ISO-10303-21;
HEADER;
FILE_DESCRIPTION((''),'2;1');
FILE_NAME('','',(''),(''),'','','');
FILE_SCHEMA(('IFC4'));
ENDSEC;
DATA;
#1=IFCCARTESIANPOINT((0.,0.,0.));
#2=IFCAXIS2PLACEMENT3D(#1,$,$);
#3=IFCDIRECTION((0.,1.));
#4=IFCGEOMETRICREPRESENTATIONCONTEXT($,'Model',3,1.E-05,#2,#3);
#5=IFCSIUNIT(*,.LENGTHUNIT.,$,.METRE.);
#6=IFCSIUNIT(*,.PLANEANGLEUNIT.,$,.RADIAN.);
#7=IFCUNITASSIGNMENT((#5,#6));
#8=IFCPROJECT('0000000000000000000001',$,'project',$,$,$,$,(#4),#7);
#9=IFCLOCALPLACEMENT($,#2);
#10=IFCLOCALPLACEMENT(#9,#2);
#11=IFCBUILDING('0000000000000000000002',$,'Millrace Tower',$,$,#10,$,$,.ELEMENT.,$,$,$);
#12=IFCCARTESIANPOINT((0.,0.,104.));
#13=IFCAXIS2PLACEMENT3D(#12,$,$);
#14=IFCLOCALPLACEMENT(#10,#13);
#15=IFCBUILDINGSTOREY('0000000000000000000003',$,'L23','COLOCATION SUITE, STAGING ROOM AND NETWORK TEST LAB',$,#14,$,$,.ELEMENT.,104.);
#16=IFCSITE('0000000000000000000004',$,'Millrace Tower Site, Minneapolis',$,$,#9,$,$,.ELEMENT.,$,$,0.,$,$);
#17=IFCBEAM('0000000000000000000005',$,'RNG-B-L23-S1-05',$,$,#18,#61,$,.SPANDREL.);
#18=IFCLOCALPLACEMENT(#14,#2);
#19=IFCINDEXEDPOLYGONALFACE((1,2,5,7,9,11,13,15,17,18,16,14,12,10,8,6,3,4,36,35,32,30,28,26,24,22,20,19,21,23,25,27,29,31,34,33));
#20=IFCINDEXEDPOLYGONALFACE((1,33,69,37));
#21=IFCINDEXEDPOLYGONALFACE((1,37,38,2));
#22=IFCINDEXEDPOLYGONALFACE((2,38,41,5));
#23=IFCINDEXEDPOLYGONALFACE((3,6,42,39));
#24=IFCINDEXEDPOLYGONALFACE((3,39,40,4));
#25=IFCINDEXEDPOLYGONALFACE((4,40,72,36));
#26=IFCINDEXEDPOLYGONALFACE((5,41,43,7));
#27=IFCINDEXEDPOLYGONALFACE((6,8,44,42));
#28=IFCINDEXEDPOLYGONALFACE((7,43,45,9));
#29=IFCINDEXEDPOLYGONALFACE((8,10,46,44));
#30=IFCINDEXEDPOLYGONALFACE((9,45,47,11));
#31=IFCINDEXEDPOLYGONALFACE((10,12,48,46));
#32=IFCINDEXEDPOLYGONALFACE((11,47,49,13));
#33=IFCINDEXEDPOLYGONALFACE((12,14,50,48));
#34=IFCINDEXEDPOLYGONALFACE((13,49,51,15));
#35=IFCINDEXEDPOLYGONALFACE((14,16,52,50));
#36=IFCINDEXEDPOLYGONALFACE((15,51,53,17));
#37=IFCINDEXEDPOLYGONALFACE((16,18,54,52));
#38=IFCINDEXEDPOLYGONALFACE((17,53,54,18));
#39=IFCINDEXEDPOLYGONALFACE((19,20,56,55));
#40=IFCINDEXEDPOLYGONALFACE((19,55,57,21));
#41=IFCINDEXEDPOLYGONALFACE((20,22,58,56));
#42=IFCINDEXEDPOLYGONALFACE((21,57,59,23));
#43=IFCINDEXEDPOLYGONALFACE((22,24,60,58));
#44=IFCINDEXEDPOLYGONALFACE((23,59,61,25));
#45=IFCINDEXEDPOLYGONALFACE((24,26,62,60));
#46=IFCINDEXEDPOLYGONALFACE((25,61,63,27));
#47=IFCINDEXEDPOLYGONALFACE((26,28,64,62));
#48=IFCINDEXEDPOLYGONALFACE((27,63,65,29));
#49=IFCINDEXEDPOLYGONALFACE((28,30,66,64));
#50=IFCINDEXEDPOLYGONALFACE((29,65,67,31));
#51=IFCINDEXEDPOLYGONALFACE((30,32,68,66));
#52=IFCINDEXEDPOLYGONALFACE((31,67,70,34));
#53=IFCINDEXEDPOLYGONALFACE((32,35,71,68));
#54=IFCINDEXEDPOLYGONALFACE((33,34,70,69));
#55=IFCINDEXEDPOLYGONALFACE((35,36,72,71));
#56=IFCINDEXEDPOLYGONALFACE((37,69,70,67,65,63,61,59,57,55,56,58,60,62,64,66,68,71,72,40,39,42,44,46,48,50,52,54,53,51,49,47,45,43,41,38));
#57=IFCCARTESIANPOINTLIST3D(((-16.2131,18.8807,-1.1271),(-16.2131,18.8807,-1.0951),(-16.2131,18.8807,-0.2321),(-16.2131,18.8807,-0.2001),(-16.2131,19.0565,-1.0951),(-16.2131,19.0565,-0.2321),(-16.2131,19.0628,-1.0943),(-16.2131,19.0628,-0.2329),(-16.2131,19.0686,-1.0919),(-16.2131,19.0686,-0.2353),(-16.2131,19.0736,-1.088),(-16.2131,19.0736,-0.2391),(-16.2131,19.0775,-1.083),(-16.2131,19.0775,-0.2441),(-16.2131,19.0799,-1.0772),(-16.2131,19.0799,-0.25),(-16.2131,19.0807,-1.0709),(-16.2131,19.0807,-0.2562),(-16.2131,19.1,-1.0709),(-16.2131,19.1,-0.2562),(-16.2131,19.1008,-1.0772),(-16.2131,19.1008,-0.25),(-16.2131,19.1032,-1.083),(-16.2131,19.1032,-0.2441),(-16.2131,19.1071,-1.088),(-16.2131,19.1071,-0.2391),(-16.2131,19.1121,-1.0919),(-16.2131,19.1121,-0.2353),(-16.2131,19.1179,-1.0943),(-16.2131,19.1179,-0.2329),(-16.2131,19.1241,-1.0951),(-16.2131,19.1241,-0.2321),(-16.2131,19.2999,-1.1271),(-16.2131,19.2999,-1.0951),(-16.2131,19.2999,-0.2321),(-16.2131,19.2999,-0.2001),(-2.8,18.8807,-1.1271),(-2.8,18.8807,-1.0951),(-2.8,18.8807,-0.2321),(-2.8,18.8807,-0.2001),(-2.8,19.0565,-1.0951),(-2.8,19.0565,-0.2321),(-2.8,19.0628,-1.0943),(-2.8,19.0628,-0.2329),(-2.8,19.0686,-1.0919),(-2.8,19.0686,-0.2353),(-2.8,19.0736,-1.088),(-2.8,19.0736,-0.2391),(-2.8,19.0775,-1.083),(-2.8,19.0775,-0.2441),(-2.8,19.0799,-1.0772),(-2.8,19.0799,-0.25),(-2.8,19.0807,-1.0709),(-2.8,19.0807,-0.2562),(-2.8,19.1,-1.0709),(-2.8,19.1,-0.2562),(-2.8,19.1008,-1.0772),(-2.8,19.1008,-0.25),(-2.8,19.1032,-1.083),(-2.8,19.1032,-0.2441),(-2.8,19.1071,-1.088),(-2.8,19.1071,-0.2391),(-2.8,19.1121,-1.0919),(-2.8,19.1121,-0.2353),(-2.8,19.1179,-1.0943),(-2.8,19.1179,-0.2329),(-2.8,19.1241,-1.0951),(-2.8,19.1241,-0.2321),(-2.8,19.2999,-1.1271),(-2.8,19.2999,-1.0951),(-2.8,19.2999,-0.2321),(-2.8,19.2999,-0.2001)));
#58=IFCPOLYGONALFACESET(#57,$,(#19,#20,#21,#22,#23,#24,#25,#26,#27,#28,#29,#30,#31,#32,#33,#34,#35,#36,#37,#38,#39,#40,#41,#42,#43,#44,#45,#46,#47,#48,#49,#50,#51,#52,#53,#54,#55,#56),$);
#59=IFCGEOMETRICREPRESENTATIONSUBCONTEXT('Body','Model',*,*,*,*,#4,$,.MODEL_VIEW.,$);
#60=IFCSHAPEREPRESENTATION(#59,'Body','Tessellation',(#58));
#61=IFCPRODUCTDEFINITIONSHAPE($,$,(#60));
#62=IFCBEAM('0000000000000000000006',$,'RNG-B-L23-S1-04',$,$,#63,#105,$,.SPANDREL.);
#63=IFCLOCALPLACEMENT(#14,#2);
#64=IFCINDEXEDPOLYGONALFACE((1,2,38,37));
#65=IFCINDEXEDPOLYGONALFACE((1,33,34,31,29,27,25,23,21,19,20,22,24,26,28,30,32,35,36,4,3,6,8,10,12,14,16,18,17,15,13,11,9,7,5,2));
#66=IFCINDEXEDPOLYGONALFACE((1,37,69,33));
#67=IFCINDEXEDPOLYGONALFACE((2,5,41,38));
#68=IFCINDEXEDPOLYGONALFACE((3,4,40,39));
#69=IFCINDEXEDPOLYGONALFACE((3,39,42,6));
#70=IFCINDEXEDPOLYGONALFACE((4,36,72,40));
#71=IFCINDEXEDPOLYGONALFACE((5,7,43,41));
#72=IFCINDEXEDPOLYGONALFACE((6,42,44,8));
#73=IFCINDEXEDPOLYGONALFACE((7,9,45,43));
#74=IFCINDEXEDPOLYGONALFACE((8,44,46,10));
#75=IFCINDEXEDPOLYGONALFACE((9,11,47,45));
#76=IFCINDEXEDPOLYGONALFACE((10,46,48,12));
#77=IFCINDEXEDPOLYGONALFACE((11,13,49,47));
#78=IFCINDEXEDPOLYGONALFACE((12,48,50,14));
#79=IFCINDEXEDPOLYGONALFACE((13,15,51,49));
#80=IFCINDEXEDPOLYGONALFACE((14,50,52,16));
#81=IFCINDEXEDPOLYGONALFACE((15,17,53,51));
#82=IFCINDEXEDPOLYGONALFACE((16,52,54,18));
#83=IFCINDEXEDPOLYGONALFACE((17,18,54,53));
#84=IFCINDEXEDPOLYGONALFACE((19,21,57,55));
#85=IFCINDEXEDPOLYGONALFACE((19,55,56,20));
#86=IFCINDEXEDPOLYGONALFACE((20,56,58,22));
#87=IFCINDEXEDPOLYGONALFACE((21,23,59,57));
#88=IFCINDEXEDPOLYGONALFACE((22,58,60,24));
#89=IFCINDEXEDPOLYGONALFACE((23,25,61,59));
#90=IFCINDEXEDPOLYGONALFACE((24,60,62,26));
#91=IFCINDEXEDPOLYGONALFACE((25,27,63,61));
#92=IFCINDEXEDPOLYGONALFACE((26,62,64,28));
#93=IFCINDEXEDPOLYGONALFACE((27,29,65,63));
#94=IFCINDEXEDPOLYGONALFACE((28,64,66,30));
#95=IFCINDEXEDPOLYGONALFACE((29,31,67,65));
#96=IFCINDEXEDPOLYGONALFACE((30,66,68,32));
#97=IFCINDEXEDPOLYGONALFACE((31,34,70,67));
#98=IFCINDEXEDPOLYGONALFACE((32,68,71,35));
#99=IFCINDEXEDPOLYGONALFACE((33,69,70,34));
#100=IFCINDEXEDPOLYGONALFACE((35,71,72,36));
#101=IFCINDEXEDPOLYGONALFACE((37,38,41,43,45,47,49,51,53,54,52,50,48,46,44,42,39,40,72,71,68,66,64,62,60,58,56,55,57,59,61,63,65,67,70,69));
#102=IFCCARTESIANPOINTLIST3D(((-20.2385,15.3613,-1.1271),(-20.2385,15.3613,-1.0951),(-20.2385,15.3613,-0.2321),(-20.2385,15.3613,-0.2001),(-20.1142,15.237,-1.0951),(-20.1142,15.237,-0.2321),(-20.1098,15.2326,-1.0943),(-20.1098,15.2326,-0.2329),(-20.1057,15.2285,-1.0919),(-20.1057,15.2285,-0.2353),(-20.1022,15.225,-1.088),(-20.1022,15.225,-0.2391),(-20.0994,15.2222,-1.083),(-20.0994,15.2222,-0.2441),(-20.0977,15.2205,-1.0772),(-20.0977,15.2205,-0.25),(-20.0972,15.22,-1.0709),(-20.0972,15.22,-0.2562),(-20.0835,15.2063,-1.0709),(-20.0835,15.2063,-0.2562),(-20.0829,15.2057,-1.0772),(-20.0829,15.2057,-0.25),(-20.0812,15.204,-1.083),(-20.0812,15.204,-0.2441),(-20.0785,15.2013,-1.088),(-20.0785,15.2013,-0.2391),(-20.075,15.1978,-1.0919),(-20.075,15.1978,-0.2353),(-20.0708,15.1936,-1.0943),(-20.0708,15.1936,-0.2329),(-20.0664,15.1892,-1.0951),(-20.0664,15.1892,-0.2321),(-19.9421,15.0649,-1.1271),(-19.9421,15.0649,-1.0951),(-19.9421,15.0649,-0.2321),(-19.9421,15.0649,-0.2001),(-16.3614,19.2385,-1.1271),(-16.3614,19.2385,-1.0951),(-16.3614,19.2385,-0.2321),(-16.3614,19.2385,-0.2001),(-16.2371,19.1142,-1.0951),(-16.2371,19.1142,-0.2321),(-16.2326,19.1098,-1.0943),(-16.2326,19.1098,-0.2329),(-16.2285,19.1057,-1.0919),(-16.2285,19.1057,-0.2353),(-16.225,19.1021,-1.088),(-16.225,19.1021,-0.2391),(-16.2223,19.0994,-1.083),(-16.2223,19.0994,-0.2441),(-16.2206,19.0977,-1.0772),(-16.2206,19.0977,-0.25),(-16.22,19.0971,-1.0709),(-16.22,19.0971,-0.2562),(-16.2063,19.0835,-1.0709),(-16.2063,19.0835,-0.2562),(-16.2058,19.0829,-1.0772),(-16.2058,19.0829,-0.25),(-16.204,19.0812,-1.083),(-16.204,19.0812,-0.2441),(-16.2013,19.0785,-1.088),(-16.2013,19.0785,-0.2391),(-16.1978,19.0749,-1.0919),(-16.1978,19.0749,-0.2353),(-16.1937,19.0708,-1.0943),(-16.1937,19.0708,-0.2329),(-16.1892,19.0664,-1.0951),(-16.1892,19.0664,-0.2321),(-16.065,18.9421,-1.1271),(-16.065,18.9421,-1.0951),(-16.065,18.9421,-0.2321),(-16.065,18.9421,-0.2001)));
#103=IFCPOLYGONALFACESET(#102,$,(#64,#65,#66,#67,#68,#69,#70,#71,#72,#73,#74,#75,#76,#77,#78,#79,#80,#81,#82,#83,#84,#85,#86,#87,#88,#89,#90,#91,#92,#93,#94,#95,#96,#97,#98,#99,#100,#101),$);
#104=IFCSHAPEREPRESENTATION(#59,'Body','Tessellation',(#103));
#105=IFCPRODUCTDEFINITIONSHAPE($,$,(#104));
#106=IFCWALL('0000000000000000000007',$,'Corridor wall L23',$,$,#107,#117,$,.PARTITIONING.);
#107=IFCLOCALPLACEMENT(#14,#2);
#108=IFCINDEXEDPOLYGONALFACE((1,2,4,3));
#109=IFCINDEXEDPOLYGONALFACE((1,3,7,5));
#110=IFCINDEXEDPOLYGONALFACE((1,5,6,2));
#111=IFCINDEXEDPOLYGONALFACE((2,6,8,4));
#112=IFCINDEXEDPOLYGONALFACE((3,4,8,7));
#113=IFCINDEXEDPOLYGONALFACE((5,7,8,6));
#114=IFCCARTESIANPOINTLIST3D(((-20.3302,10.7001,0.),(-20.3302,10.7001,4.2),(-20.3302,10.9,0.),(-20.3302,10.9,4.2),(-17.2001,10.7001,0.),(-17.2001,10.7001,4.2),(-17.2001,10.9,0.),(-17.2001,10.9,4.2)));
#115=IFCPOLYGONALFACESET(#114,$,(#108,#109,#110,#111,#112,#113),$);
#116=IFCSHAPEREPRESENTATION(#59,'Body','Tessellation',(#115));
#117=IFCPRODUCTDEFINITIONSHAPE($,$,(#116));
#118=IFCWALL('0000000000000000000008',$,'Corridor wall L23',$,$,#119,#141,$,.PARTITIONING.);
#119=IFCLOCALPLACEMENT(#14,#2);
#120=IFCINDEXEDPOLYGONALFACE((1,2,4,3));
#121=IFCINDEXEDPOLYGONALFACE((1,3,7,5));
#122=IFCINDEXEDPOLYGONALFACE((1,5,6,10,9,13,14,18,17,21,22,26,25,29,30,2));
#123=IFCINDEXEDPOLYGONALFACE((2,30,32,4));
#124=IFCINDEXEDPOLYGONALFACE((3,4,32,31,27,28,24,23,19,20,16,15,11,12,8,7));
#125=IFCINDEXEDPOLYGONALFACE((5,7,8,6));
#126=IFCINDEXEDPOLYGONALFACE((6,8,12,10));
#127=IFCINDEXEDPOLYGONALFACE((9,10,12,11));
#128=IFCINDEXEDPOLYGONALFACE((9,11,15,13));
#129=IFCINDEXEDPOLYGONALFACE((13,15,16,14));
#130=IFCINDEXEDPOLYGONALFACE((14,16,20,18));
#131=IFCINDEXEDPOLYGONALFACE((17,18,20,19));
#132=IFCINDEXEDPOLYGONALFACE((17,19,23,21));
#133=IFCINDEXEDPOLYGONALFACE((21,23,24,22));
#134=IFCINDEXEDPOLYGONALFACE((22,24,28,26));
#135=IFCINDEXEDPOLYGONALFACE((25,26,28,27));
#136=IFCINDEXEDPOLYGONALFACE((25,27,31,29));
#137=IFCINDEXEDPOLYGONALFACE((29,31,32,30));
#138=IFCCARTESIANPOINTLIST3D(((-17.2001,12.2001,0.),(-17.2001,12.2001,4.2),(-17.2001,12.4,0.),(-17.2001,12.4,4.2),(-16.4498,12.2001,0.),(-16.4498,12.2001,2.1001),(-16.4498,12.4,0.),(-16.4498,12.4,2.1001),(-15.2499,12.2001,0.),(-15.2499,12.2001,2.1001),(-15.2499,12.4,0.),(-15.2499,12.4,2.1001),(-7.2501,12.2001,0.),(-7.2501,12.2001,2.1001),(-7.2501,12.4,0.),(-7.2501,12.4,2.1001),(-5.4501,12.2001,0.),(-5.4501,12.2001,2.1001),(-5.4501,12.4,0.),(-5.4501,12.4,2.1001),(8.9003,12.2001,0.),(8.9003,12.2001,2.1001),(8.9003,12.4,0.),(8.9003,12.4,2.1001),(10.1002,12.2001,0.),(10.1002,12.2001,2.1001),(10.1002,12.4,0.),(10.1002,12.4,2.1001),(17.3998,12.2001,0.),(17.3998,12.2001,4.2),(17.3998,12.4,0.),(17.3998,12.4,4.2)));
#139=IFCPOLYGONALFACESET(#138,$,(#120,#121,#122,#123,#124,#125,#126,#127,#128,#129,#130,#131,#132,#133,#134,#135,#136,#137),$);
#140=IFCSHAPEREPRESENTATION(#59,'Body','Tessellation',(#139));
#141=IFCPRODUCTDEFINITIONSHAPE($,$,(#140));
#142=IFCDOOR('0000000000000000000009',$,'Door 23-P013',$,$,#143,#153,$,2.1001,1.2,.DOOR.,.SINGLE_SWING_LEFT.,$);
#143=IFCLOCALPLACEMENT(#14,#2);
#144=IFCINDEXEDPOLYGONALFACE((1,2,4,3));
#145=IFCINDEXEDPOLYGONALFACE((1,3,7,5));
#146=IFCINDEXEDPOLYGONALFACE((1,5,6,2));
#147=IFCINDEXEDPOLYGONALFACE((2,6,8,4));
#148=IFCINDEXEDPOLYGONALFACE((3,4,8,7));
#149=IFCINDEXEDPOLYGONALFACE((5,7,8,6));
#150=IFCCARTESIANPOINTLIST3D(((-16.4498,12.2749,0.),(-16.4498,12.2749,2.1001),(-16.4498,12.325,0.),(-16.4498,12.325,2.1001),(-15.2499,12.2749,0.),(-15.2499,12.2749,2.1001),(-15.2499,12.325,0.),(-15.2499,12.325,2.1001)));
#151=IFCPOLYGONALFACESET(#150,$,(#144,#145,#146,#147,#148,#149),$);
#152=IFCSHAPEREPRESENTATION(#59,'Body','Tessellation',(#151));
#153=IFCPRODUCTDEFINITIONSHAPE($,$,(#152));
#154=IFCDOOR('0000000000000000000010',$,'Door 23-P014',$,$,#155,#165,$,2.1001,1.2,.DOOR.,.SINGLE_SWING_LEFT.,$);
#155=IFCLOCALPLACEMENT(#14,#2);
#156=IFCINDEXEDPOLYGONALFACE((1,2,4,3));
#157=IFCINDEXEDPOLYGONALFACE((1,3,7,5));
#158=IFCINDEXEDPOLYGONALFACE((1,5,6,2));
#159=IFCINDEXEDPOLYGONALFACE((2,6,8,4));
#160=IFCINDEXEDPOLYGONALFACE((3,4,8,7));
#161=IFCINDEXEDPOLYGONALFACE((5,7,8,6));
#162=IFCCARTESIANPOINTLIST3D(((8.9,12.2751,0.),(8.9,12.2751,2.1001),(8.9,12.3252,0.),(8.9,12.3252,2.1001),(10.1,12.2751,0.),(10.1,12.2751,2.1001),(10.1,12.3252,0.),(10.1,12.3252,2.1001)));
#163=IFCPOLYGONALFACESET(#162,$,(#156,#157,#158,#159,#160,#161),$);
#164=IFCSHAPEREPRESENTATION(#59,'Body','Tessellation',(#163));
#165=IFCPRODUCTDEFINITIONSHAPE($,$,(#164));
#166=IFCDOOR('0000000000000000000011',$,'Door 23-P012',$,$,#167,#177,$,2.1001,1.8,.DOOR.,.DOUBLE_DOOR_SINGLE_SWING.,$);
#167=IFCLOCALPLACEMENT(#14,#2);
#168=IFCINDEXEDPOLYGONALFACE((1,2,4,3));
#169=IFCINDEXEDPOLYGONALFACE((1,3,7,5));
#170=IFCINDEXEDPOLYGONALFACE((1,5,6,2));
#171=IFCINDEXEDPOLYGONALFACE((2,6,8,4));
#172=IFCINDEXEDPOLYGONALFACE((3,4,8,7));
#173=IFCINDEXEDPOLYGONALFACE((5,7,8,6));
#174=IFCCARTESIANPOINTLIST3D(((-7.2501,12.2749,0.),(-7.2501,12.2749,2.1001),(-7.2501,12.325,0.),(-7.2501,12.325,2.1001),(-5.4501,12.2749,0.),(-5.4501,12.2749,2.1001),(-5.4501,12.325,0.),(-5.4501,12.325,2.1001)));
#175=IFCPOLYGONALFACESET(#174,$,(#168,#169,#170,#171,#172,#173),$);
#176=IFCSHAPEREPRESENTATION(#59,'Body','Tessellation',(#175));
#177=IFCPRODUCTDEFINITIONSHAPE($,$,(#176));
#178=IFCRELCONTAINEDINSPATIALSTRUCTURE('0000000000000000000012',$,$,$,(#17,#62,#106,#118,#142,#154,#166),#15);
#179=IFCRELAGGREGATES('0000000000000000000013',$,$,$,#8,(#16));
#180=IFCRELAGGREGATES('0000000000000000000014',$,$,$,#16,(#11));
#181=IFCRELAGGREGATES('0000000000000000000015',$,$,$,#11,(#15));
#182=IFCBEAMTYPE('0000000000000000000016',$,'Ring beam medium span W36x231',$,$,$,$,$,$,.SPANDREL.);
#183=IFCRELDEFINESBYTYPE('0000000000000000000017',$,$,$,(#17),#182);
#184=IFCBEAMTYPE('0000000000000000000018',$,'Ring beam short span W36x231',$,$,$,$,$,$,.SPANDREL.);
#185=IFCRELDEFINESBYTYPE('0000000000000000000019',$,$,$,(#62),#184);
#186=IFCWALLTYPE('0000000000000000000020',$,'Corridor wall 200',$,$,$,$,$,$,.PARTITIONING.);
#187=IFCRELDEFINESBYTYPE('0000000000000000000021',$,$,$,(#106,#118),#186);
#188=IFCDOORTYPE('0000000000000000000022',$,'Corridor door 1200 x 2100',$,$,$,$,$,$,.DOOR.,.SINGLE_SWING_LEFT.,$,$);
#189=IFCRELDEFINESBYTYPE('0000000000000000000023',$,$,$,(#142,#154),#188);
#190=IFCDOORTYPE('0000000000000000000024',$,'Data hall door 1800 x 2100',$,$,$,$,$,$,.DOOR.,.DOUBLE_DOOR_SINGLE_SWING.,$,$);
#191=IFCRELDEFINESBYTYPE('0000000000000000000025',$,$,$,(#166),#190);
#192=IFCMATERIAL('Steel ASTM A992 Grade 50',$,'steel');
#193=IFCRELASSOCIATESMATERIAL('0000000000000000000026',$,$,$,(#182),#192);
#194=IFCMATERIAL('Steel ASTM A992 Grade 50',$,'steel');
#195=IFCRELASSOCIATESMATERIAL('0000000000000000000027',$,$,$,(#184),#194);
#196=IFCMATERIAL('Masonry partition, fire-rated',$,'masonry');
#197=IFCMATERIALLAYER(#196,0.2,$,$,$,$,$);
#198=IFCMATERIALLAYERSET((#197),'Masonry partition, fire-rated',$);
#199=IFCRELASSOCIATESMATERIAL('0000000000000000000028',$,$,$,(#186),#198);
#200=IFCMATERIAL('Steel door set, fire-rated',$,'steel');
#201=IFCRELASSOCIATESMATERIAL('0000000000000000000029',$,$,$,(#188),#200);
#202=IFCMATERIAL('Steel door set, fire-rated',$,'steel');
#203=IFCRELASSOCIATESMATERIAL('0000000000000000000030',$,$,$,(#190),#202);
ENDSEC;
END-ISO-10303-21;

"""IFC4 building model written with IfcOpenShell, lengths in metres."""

from ifc_helpers import new_model, si_unit, direction, frame, frame_2d, origin, origin_2d, place, context, subcontext, project, spatial, rectangle, i_section, extrude, material, layer, layer_set, material_profile, profile_set, type_object, element, fill, save


model = new_model("IFC4")

# Units and contexts
model_context = context("Model", 3, precision=1e-05, world=origin(), true_north=direction((0.0, 1.0)))
body_context = subcontext(model_context, "Body", "Model", "MODEL_VIEW")
ifc_project = project(units=[si_unit("LENGTHUNIT", "METRE"), si_unit("PLANEANGLEUNIT", "RADIAN")], contexts=[model_context])

# Site, building, storey
site_placement = place(None, origin())
site = spatial("IfcSite", under=ifc_project, at=site_placement, Name="Millrace Tower Site, Minneapolis", CompositionType="ELEMENT", RefElevation=0.0)
building_placement = place(site_placement, origin())
building = spatial("IfcBuilding", under=site, at=building_placement, Name="Millrace Tower", CompositionType="ELEMENT")
storey_placement = place(building_placement, frame((0.0, 0.0, 104.0)))
storey = spatial("IfcBuildingStorey", under=building, at=storey_placement, Name="L23", Description="COLOCATION SUITE, STAGING ROOM AND NETWORK TEST LAB", CompositionType="ELEMENT", Elevation=104.0)

# Beams
ifc_material_1 = material(Name="Steel ASTM A992 Grade 50", Category="steel")
ifc_material_profile_1 = material_profile(ifc_material_1, i_section(OverallWidth=0.4192, OverallDepth=0.927, WebThickness=0.0193, FlangeThickness=0.032, FilletRadius=0.0242, at=origin_2d()))
ifc_profile_set_1 = profile_set([ifc_material_profile_1], Name="Steel ASTM A992 Grade 50")
beam_type_1 = type_object("IfcBeamType", Name="Ring beam medium span W36x231", PredefinedType="SPANDREL", material=ifc_profile_set_1)
beam_1_placement = place(storey_placement, frame((-16.2131, 19.0903, -0.6636), z_axis=(1.0, 0.0, 0.0), x_axis=(0.0, 1.0, 0.0)))
element("IfcBeam", 1, at=beam_1_placement, inside=storey, type_object=beam_type_1, Name="RNG-B-L23-S1-05", PredefinedType="SPANDREL", context=body_context, shape_type="SweptSolid", body=[
    extrude(i_section(OverallWidth=0.4192, OverallDepth=0.927, WebThickness=0.0193, FlangeThickness=0.032, FilletRadius=0.0242, at=origin_2d()), origin(), (0.0, 0.0, 1.0), 13.4131),
])
ifc_material_2 = material(Name="Steel ASTM A992 Grade 50", Category="steel")
ifc_material_profile_2 = material_profile(ifc_material_2, i_section(OverallWidth=0.4192, OverallDepth=0.927, WebThickness=0.0193, FlangeThickness=0.032, FilletRadius=0.0242, at=origin_2d()))
ifc_profile_set_2 = profile_set([ifc_material_profile_2], Name="Steel ASTM A992 Grade 50")
beam_type_2 = type_object("IfcBeamType", Name="Ring beam short span W36x231", PredefinedType="SPANDREL", material=ifc_profile_set_2)
beam_2_placement = place(storey_placement, frame((-20.0903, 15.2131, -0.6636), z_axis=(0.707107, 0.707107, 0.0), x_axis=(-0.707107, 0.707107, 0.0)))
element("IfcBeam", 2, at=beam_2_placement, inside=storey, type_object=beam_type_2, Name="RNG-B-L23-S1-04", PredefinedType="SPANDREL", context=body_context, shape_type="SweptSolid", body=[
    extrude(i_section(OverallWidth=0.4192, OverallDepth=0.927, WebThickness=0.0193, FlangeThickness=0.032, FilletRadius=0.0242, at=origin_2d()), origin(), (0.0, 0.0, 1.0), 5.4832),
])

# Wall
ifc_material_3 = material(Name="Masonry partition, fire-rated", Category="masonry")
ifc_layer_1 = layer(ifc_material_3, 0.2)
ifc_layer_set_1 = layer_set([ifc_layer_1], Name="Masonry partition, fire-rated")
wall_type = type_object("IfcWallType", Name="Corridor wall 200", PredefinedType="PARTITIONING", material=ifc_layer_set_1)
wall_1_placement = place(storey_placement, frame((-20.3301, 10.8, 0.0), z_axis=(0.0, 0.0, 1.0), x_axis=(1.0, 0.0, 0.0)))
element("IfcWall", 3, at=wall_1_placement, inside=storey, type_object=wall_type, Name="Corridor wall L23", PredefinedType="PARTITIONING", context=body_context, shape_type="SweptSolid", body=[
    extrude(rectangle(XDim=3.1301, YDim=0.2, at=frame_2d((1.5649, 0.0))), origin(), (0.0, 0.0, 1.0), 4.2),
])

# Wall, openings, doors
wall_2_placement = place(storey_placement, frame((-17.2, 12.3, 0.0), z_axis=(0.0, 0.0, 1.0), x_axis=(1.0, 0.0, 0.0)))
wall_2 = element("IfcWall", 4, at=wall_2_placement, inside=storey, type_object=wall_type, Name="Corridor wall L23", PredefinedType="PARTITIONING", context=body_context, shape_type="SweptSolid", body=[
    extrude(rectangle(XDim=34.5999, YDim=0.2, at=frame_2d((17.2998, 0.0))), origin(), (0.0, 0.0, 1.0), 4.2),
])
opening_1_placement = place(wall_2_placement, frame((9.95, 0.0, 0.0)))
opening_1 = element("IfcOpeningElement", 5, at=opening_1_placement, cuts=wall_2, PredefinedType="OPENING", context=body_context, shape_type="SweptSolid", body=[
    extrude(rectangle(XDim=1.8, YDim=2.1001, at=frame_2d((0.8999, 1.05))), frame((0.0, 0.1099, 0.0), z_axis=(0.0, -1.0, 0.0), x_axis=(1.0, 0.0, 0.0)), (0.0, 0.0, 1.0), 0.22),
])
opening_2_placement = place(wall_2_placement, frame((0.75, 0.0, 0.0)))
opening_2 = element("IfcOpeningElement", 6, at=opening_2_placement, cuts=wall_2, PredefinedType="OPENING", context=body_context, shape_type="SweptSolid", body=[
    extrude(rectangle(XDim=1.2, YDim=2.1001, at=frame_2d((0.6001, 1.05))), frame((0.0, 0.1099, 0.0), z_axis=(0.0, -1.0, 0.0), x_axis=(1.0, 0.0, 0.0)), (0.0, 0.0, 1.0), 0.22),
])
opening_3_placement = place(wall_2_placement, frame((26.1001, 0.0, 0.0)))
opening_3 = element("IfcOpeningElement", 7, at=opening_3_placement, cuts=wall_2, PredefinedType="OPENING", context=body_context, shape_type="SweptSolid", body=[
    extrude(rectangle(XDim=1.2, YDim=2.1001, at=frame_2d((0.6001, 1.05))), frame((0.0, 0.1099, 0.0), z_axis=(0.0, -1.0, 0.0), x_axis=(1.0, 0.0, 0.0)), (0.0, 0.0, 1.0), 0.22),
])
ifc_material_4 = material(Name="Steel door set, fire-rated", Category="steel")
door_type_1 = type_object("IfcDoorType", Name="Corridor door 1200 x 2100", OperationType="SINGLE_SWING_LEFT", PredefinedType="DOOR", material=ifc_material_4)
door_1_placement = place(opening_2_placement, origin())
door_1 = element("IfcDoor", 8, at=door_1_placement, inside=storey, type_object=door_type_1, Name="Door 23-P013", OperationType="SINGLE_SWING_LEFT", OverallHeight=2.1001, OverallWidth=1.2, PredefinedType="DOOR", context=body_context, shape_type="SweptSolid", body=[
    extrude(rectangle(XDim=1.2, YDim=2.1001, at=frame_2d((0.6001, 1.05))), frame((0.0, 0.0249, 0.0), z_axis=(0.0, -1.0, 0.0), x_axis=(1.0, 0.0, 0.0)), (0.0, 0.0, 1.0), 0.05),
])
fill(opening_2, door_1)
door_2_placement = place(opening_3_placement, frame((1.2, 0.0, 0.0), z_axis=(0.0, 0.0, 1.0), x_axis=(-1.0, 0.0, 0.0)))
door_2 = element("IfcDoor", 9, at=door_2_placement, inside=storey, type_object=door_type_1, Name="Door 23-P014", OperationType="SINGLE_SWING_LEFT", OverallHeight=2.1001, OverallWidth=1.2, PredefinedType="DOOR", context=body_context, shape_type="SweptSolid", body=[
    extrude(rectangle(XDim=1.2, YDim=2.1001, at=frame_2d((0.6001, 1.05))), frame((0.0, 0.0249, 0.0), z_axis=(0.0, -1.0, 0.0), x_axis=(1.0, 0.0, 0.0)), (0.0, 0.0, 1.0), 0.05),
])
fill(opening_3, door_2)
ifc_material_5 = material(Name="Steel door set, fire-rated", Category="steel")
door_type_2 = type_object("IfcDoorType", Name="Data hall door 1800 x 2100", OperationType="DOUBLE_DOOR_SINGLE_SWING", PredefinedType="DOOR", material=ifc_material_5)
door_3_placement = place(opening_1_placement, origin())
door_3 = element("IfcDoor", 10, at=door_3_placement, inside=storey, type_object=door_type_2, Name="Door 23-P012", OperationType="DOUBLE_DOOR_SINGLE_SWING", OverallHeight=2.1001, OverallWidth=1.8, PredefinedType="DOOR", context=body_context, shape_type="SweptSolid", body=[
    extrude(rectangle(XDim=1.8, YDim=2.1001, at=frame_2d((0.8999, 1.05))), frame((0.0, 0.0249, 0.0), z_axis=(0.0, -1.0, 0.0), x_axis=(1.0, 0.0, 0.0)), (0.0, 0.0, 1.0), 0.05),
])
fill(opening_1, door_3)

save(model, "model.ifc")
